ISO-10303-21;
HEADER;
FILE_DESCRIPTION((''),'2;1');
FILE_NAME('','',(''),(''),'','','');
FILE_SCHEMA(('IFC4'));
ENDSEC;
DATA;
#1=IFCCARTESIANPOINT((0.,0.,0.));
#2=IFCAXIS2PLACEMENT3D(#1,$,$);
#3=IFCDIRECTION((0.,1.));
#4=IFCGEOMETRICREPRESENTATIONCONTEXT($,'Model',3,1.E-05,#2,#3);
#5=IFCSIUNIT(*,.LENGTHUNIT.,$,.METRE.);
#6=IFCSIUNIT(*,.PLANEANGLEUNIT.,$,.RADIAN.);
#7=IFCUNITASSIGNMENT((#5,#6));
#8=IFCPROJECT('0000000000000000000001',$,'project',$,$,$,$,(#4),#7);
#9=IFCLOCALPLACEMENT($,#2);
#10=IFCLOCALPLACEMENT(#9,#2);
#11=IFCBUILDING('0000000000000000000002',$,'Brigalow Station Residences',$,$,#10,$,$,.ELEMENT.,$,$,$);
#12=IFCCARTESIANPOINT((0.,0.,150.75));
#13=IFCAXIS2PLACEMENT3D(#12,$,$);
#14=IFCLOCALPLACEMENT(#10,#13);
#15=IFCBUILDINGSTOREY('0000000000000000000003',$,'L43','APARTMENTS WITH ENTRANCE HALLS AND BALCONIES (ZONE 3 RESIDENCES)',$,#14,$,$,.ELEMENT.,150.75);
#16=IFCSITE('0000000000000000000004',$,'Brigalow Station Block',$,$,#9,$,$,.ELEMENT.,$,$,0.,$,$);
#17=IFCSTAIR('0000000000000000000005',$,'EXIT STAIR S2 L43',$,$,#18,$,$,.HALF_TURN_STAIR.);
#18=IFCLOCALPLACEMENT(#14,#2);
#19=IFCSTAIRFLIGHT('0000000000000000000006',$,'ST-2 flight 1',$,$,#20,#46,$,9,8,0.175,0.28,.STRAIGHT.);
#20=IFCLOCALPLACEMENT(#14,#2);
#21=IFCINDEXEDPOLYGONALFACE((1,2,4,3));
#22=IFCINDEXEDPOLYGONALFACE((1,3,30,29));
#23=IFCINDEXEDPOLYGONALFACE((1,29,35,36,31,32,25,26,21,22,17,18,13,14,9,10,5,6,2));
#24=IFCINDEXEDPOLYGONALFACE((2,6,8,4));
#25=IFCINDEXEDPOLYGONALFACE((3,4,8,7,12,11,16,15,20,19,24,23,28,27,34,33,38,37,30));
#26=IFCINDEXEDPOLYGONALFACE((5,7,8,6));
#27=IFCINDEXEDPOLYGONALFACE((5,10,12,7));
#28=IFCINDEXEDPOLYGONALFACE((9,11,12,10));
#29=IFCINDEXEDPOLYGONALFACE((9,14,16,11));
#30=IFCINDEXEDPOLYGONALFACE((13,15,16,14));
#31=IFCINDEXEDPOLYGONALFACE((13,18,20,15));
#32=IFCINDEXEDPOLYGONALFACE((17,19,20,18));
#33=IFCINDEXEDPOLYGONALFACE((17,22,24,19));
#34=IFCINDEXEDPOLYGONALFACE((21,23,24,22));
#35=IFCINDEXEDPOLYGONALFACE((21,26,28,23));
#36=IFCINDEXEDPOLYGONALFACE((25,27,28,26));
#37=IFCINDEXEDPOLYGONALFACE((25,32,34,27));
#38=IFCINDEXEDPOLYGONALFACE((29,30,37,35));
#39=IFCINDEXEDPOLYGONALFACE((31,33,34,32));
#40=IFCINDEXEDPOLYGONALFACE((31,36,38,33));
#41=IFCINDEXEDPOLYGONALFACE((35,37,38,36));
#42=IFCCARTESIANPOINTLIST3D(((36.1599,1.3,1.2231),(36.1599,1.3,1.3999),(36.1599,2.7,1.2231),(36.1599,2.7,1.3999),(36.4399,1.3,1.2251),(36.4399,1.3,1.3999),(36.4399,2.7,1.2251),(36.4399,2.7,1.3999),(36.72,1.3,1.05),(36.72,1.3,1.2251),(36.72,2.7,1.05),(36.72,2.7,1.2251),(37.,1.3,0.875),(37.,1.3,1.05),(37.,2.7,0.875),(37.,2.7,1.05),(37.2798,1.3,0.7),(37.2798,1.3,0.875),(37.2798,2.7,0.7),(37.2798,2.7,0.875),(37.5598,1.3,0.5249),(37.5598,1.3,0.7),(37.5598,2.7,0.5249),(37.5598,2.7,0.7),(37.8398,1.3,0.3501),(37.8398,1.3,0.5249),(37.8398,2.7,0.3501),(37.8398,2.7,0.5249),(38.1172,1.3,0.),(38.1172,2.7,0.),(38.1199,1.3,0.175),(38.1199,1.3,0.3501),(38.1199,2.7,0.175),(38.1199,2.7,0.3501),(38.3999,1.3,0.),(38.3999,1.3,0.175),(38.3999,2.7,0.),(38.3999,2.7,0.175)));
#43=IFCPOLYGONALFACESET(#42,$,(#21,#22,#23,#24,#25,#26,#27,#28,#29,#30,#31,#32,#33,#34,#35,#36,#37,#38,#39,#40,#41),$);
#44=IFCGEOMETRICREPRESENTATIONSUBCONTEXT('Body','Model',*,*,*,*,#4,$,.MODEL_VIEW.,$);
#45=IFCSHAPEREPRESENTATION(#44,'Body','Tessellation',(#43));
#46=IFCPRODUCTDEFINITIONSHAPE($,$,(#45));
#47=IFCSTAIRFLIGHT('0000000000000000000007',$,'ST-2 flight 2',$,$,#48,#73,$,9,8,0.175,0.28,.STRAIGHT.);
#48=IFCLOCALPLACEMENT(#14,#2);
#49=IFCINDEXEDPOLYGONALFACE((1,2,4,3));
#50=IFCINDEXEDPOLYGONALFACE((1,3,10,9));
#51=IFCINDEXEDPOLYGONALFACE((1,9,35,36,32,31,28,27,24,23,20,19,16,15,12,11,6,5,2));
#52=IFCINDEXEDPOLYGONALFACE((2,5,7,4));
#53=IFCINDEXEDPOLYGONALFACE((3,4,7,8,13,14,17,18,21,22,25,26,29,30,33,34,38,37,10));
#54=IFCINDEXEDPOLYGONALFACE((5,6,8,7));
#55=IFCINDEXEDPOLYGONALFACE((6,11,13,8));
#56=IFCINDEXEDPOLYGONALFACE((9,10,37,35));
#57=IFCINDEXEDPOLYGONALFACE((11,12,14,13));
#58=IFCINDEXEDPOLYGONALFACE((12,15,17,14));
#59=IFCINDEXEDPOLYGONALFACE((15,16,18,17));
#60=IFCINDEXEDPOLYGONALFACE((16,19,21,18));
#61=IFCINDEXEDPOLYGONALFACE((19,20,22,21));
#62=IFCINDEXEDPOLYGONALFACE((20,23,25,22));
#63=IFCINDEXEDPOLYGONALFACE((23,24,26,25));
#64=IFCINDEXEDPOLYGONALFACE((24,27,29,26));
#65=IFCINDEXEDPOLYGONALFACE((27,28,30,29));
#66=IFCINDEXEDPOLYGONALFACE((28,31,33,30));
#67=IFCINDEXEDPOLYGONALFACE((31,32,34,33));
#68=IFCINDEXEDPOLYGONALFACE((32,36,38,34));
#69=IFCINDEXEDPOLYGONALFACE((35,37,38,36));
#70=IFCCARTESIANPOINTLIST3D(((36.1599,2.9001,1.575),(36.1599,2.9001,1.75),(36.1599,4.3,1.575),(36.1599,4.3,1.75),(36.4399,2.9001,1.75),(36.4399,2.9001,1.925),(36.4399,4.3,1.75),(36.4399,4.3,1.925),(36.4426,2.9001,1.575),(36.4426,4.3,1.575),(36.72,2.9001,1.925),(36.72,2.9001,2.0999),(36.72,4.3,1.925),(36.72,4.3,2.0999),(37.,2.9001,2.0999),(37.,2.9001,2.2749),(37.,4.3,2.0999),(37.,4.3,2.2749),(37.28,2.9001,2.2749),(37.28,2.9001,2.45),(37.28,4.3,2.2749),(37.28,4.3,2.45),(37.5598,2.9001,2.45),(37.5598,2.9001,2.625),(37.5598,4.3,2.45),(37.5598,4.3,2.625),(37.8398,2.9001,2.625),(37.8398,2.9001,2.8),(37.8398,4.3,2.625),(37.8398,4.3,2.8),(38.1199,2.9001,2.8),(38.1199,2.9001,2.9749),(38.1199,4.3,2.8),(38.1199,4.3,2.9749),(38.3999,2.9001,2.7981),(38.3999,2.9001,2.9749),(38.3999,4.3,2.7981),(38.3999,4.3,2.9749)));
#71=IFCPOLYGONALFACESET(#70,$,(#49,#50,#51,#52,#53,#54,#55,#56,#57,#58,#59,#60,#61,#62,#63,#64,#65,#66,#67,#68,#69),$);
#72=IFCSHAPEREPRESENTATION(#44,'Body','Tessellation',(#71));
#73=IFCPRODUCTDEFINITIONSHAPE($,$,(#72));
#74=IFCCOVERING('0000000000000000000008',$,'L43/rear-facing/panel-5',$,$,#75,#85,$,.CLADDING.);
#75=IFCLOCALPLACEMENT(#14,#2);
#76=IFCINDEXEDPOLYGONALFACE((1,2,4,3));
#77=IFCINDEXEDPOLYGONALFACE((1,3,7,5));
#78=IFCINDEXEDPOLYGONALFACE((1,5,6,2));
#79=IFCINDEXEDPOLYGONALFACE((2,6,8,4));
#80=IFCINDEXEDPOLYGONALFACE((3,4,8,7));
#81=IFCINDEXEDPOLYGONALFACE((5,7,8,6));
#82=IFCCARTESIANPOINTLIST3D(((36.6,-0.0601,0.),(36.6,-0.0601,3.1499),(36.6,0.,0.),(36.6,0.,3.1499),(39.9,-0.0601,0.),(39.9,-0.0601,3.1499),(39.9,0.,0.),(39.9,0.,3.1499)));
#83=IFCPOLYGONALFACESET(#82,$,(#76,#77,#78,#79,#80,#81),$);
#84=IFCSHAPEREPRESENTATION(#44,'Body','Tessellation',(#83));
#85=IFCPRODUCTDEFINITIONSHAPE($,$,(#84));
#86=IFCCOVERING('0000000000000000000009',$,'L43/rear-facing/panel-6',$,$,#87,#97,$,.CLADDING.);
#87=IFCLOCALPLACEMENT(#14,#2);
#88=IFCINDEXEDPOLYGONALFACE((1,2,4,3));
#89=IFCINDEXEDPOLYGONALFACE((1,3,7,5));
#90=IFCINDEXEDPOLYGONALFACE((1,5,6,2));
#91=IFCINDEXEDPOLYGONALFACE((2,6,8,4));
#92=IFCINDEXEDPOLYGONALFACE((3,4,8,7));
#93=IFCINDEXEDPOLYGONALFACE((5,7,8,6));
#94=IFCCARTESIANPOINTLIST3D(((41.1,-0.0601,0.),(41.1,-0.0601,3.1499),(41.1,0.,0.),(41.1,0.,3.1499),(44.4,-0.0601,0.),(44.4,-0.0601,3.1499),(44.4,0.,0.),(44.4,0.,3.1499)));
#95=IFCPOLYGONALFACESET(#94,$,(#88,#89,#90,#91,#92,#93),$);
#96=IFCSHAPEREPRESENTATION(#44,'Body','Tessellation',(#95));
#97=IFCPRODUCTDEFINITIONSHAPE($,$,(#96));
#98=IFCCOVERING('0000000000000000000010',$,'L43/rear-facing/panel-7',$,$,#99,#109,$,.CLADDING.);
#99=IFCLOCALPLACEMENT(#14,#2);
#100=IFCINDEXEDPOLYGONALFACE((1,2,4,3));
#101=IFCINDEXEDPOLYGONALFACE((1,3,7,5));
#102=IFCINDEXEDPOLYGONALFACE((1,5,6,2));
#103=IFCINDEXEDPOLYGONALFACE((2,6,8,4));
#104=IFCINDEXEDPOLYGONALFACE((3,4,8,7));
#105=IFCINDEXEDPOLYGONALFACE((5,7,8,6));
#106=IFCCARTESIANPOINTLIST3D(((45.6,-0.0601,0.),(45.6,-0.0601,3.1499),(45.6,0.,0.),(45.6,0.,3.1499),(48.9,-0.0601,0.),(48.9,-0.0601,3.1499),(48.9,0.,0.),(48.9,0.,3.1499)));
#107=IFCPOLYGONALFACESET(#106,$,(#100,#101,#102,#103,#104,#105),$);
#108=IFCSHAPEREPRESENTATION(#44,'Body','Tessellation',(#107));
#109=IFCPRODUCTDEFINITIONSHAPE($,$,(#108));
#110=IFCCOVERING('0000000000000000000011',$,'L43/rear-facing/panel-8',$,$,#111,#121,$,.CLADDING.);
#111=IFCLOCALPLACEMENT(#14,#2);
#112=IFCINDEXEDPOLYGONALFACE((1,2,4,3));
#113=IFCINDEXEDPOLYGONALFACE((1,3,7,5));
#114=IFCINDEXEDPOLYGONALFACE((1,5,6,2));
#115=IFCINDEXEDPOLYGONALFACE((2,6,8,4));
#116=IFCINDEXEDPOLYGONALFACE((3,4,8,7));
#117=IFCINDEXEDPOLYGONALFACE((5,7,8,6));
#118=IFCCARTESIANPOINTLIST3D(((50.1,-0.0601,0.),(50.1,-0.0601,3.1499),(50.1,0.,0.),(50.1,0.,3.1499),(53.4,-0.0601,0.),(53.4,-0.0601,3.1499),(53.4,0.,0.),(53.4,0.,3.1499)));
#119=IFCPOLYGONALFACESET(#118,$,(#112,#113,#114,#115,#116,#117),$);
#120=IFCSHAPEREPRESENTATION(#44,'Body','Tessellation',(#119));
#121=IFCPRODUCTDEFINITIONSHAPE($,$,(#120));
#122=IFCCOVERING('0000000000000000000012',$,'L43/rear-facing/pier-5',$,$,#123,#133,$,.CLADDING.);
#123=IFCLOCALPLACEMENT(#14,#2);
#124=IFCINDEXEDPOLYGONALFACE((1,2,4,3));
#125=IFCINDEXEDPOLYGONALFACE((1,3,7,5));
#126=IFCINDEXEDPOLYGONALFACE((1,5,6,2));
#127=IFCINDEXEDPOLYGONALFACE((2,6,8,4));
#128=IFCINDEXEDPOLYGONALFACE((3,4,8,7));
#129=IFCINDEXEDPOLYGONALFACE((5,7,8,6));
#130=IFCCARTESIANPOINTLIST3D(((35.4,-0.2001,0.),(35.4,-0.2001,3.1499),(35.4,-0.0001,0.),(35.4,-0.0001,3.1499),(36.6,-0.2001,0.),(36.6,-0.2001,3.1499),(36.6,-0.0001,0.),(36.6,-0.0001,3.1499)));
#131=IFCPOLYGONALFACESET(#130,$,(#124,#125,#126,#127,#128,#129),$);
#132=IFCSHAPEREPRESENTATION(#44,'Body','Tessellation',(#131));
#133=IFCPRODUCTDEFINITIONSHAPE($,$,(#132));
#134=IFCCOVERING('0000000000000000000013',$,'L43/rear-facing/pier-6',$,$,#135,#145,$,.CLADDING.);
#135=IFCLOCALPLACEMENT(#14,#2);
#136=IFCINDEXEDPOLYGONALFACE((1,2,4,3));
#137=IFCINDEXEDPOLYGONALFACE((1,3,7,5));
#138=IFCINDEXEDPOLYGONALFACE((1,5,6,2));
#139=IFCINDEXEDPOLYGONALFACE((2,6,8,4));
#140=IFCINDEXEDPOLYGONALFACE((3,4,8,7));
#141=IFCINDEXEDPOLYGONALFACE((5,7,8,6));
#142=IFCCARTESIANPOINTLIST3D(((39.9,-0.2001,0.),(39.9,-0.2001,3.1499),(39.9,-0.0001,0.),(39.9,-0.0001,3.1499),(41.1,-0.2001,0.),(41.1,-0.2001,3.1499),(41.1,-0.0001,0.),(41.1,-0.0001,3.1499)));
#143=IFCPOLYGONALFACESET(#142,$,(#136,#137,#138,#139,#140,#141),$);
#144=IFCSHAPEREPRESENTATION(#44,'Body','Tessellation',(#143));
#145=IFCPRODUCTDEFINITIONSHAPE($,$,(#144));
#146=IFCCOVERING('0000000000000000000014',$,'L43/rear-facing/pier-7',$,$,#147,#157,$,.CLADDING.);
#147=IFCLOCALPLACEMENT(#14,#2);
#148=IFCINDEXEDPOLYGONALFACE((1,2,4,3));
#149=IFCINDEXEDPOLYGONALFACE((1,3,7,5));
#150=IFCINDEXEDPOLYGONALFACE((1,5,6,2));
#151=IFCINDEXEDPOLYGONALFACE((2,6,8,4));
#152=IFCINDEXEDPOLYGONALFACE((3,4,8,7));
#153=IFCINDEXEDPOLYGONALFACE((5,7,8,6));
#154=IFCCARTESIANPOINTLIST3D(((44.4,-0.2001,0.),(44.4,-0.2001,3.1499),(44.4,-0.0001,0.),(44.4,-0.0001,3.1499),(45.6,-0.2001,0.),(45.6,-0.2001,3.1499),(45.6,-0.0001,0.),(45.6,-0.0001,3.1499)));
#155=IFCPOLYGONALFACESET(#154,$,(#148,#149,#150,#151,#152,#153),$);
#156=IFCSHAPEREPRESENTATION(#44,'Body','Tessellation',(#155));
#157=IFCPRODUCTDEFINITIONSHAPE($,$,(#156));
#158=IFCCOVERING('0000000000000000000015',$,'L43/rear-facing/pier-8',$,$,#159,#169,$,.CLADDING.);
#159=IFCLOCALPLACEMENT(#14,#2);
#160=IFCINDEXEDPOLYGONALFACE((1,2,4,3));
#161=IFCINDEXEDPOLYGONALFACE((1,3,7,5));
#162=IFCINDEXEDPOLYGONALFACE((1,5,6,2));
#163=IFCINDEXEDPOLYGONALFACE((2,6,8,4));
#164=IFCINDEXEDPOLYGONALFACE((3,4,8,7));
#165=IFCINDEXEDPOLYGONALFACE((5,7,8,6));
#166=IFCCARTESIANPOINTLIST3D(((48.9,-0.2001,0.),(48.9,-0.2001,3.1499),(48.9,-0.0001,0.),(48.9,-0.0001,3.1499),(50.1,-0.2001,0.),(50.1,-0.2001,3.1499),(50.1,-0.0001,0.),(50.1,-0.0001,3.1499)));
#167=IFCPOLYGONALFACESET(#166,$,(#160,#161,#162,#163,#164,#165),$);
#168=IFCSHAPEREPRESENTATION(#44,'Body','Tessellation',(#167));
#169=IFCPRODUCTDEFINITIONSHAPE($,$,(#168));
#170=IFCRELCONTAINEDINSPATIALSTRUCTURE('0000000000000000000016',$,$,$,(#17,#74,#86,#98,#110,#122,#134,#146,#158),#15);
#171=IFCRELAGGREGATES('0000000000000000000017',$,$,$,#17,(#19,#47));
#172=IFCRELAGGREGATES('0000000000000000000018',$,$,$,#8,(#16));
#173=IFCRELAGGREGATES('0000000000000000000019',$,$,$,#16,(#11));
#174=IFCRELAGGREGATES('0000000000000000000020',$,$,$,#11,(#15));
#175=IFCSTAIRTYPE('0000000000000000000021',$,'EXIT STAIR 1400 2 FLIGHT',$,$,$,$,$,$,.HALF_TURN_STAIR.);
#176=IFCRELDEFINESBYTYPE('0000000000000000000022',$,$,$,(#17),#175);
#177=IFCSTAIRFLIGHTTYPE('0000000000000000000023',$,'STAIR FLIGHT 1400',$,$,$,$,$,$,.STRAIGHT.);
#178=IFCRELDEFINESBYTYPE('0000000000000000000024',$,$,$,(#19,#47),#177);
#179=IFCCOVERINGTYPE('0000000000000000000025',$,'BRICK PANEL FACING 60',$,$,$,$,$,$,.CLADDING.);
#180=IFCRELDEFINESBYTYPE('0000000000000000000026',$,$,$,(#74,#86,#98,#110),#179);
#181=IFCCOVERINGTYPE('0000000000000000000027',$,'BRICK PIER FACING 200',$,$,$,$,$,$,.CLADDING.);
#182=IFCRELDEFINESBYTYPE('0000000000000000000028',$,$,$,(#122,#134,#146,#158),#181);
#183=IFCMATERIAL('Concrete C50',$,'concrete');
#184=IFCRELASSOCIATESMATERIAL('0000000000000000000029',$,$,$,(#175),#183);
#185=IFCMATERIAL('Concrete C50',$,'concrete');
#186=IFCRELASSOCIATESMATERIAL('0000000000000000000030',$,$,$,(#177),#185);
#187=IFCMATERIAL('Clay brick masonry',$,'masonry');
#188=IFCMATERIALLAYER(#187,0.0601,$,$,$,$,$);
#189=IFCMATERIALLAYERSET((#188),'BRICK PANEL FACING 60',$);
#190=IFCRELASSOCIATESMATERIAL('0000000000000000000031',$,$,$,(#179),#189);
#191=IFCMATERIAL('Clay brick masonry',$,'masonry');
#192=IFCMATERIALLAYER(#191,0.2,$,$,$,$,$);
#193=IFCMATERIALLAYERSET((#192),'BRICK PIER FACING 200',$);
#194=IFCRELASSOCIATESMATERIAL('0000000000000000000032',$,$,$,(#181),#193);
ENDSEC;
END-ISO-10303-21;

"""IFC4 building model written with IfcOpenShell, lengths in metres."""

from ifc_helpers import new_model, si_unit, direction, frame, origin, origin_2d, place, context, subcontext, project, spatial, polyline, rectangle, outline, extrude, material, layer, layer_set, type_object, element, aggregate, save


model = new_model("IFC4")

# Units and contexts
model_context = context("Model", 3, precision=1e-05, world=origin(), true_north=direction((0.0, 1.0)))
body_context = subcontext(model_context, "Body", "Model", "MODEL_VIEW")
ifc_project = project(units=[si_unit("LENGTHUNIT", "METRE"), si_unit("PLANEANGLEUNIT", "RADIAN")], contexts=[model_context])

# Site, building, storey
site_placement = place(None, origin())
site = spatial("IfcSite", under=ifc_project, at=site_placement, Name="Brigalow Station Block", CompositionType="ELEMENT", RefElevation=0.0)
building_placement = place(site_placement, origin())
building = spatial("IfcBuilding", under=site, at=building_placement, Name="Brigalow Station Residences", CompositionType="ELEMENT")
storey_placement = place(building_placement, frame((0.0, 0.0, 150.75)))
storey = spatial("IfcBuildingStorey", under=building, at=storey_placement, Name="L43", Description="APARTMENTS WITH ENTRANCE HALLS AND BALCONIES (ZONE 3 RESIDENCES)", CompositionType="ELEMENT", Elevation=150.75)

# Stair, stair flights
ifc_material_1 = material(Name="Concrete C50", Category="concrete")
stair_type = type_object("IfcStairType", Name="EXIT STAIR 1400 2 FLIGHT", PredefinedType="HALF_TURN_STAIR", material=ifc_material_1)
stair_placement = place(storey_placement, origin())
stair = element("IfcStair", 1, at=stair_placement, inside=storey, type_object=stair_type, Name="EXIT STAIR S2 L43", PredefinedType="HALF_TURN_STAIR")
ifc_material_2 = material(Name="Concrete C50", Category="concrete")
stair_flight_type = type_object("IfcStairFlightType", Name="STAIR FLIGHT 1400", PredefinedType="STRAIGHT", material=ifc_material_2)
stair_flight_1_placement = place(storey_placement, frame((38.3999, 2.0, 0.0), z_axis=(0.0, 0.0, 1.0), x_axis=(-1.0, 0.0, 0.0)))
stair_flight_1 = element("IfcStairFlight", 2, at=stair_flight_1_placement, type_object=stair_flight_type, Name="ST-2 flight 1", NumberOfRisers=9, NumberOfTreads=8, PredefinedType="STRAIGHT", RiserHeight=0.175, TreadLength=0.28, context=body_context, shape_type="SweptSolid", body=[
    extrude(outline(polyline([(0.0, 0.0), (0.0, 0.175), (0.28, 0.175), (0.28, 0.3501), (0.5601, 0.3501), (0.5601, 0.5249), (0.8401, 0.5249), (0.8401, 0.7), (1.1201, 0.7), (1.1201, 0.875), (1.3999, 0.875), (1.3999, 1.05), (1.6799, 1.05), (1.6799, 1.2251), (1.96, 1.2251), (1.96, 1.3999), (2.24, 1.3999), (2.24, 1.575), (2.24, 1.2231), (0.2827, 0.0), (0.0, 0.0)])), frame((0.0, 0.7, 0.0), z_axis=(0.0, -1.0, 0.0), x_axis=(1.0, 0.0, 0.0)), (0.0, 0.0, 1.0), 1.3999),
])
stair_flight_2_placement = place(storey_placement, frame((36.1599, 3.6001, 1.575), z_axis=(0.0, 0.0, 1.0), x_axis=(1.0, 0.0, 0.0)))
stair_flight_2 = element("IfcStairFlight", 3, at=stair_flight_2_placement, type_object=stair_flight_type, Name="ST-2 flight 2", NumberOfRisers=9, NumberOfTreads=8, PredefinedType="STRAIGHT", RiserHeight=0.175, TreadLength=0.28, context=body_context, shape_type="SweptSolid", body=[
    extrude(outline(polyline([(0.0, 0.0), (0.0, 0.175), (0.28, 0.175), (0.28, 0.3501), (0.5601, 0.3501), (0.5601, 0.5249), (0.8401, 0.5249), (0.8401, 0.7), (1.1201, 0.7), (1.1201, 0.875), (1.3999, 0.875), (1.3999, 1.05), (1.6799, 1.05), (1.6799, 1.2251), (1.96, 1.2251), (1.96, 1.3999), (2.24, 1.3999), (2.24, 1.575), (2.24, 1.2231), (0.2827, 0.0), (0.0, 0.0)])), frame((0.0, 0.7, 0.0), z_axis=(0.0, -1.0, 0.0), x_axis=(1.0, 0.0, 0.0)), (0.0, 0.0, 1.0), 1.3999),
])
aggregate(stair, [stair_flight_1, stair_flight_2])

# Coverings
ifc_material_3 = material(Name="Clay brick masonry", Category="masonry")
ifc_layer_1 = layer(ifc_material_3, 0.0601)
ifc_layer_set_1 = layer_set([ifc_layer_1], Name="BRICK PANEL FACING 60")
covering_type_1 = type_object("IfcCoveringType", Name="BRICK PANEL FACING 60", PredefinedType="CLADDING", material=ifc_layer_set_1)
for number, where, z_axis, x_axis, name in (
    (4, (38.25, -0.03, 0.0), (0.0, 0.0, 1.0), (1.0, 0.0, 0.0), "L43/rear-facing/panel-5"),
    (5, (42.75, -0.03, 0.0), (0.0, 0.0, 1.0), (1.0, 0.0, 0.0), "L43/rear-facing/panel-6"),
    (6, (47.25, -0.03, 0.0), (0.0, 0.0, 1.0), (1.0, 0.0, 0.0), "L43/rear-facing/panel-7"),
    (7, (51.75, -0.03, 0.0), (0.0, 0.0, 1.0), (1.0, 0.0, 0.0), "L43/rear-facing/panel-8"),
):
    element("IfcCovering", number, at=place(storey_placement, frame(where, z_axis=z_axis, x_axis=x_axis)), inside=storey, type_object=covering_type_1, Name=name, PredefinedType="CLADDING", context=body_context, shape_type="SweptSolid", body=[
        extrude(rectangle(XDim=3.3, YDim=0.0601, at=origin_2d()), origin(), (0.0, 0.0, 1.0), 3.1499),
    ])
ifc_material_4 = material(Name="Clay brick masonry", Category="masonry")
ifc_layer_2 = layer(ifc_material_4, 0.2)
ifc_layer_set_2 = layer_set([ifc_layer_2], Name="BRICK PIER FACING 200")
covering_type_2 = type_object("IfcCoveringType", Name="BRICK PIER FACING 200", PredefinedType="CLADDING", material=ifc_layer_set_2)
for number, where, z_axis, x_axis, name in (
    (8, (36.0, -0.1001, 0.0), (0.0, 0.0, 1.0), (1.0, 0.0, 0.0), "L43/rear-facing/pier-5"),
    (9, (40.5, -0.1001, 0.0), (0.0, 0.0, 1.0), (1.0, 0.0, 0.0), "L43/rear-facing/pier-6"),
    (10, (45.0, -0.1001, 0.0), (0.0, 0.0, 1.0), (1.0, 0.0, 0.0), "L43/rear-facing/pier-7"),
    (11, (49.5, -0.1001, 0.0), (0.0, 0.0, 1.0), (1.0, 0.0, 0.0), "L43/rear-facing/pier-8"),
):
    element("IfcCovering", number, at=place(storey_placement, frame(where, z_axis=z_axis, x_axis=x_axis)), inside=storey, type_object=covering_type_2, Name=name, PredefinedType="CLADDING", context=body_context, shape_type="SweptSolid", body=[
        extrude(rectangle(XDim=1.2, YDim=0.2, at=origin_2d()), origin(), (0.0, 0.0, 1.0), 3.1499),
    ])

save(model, "model.ifc")
